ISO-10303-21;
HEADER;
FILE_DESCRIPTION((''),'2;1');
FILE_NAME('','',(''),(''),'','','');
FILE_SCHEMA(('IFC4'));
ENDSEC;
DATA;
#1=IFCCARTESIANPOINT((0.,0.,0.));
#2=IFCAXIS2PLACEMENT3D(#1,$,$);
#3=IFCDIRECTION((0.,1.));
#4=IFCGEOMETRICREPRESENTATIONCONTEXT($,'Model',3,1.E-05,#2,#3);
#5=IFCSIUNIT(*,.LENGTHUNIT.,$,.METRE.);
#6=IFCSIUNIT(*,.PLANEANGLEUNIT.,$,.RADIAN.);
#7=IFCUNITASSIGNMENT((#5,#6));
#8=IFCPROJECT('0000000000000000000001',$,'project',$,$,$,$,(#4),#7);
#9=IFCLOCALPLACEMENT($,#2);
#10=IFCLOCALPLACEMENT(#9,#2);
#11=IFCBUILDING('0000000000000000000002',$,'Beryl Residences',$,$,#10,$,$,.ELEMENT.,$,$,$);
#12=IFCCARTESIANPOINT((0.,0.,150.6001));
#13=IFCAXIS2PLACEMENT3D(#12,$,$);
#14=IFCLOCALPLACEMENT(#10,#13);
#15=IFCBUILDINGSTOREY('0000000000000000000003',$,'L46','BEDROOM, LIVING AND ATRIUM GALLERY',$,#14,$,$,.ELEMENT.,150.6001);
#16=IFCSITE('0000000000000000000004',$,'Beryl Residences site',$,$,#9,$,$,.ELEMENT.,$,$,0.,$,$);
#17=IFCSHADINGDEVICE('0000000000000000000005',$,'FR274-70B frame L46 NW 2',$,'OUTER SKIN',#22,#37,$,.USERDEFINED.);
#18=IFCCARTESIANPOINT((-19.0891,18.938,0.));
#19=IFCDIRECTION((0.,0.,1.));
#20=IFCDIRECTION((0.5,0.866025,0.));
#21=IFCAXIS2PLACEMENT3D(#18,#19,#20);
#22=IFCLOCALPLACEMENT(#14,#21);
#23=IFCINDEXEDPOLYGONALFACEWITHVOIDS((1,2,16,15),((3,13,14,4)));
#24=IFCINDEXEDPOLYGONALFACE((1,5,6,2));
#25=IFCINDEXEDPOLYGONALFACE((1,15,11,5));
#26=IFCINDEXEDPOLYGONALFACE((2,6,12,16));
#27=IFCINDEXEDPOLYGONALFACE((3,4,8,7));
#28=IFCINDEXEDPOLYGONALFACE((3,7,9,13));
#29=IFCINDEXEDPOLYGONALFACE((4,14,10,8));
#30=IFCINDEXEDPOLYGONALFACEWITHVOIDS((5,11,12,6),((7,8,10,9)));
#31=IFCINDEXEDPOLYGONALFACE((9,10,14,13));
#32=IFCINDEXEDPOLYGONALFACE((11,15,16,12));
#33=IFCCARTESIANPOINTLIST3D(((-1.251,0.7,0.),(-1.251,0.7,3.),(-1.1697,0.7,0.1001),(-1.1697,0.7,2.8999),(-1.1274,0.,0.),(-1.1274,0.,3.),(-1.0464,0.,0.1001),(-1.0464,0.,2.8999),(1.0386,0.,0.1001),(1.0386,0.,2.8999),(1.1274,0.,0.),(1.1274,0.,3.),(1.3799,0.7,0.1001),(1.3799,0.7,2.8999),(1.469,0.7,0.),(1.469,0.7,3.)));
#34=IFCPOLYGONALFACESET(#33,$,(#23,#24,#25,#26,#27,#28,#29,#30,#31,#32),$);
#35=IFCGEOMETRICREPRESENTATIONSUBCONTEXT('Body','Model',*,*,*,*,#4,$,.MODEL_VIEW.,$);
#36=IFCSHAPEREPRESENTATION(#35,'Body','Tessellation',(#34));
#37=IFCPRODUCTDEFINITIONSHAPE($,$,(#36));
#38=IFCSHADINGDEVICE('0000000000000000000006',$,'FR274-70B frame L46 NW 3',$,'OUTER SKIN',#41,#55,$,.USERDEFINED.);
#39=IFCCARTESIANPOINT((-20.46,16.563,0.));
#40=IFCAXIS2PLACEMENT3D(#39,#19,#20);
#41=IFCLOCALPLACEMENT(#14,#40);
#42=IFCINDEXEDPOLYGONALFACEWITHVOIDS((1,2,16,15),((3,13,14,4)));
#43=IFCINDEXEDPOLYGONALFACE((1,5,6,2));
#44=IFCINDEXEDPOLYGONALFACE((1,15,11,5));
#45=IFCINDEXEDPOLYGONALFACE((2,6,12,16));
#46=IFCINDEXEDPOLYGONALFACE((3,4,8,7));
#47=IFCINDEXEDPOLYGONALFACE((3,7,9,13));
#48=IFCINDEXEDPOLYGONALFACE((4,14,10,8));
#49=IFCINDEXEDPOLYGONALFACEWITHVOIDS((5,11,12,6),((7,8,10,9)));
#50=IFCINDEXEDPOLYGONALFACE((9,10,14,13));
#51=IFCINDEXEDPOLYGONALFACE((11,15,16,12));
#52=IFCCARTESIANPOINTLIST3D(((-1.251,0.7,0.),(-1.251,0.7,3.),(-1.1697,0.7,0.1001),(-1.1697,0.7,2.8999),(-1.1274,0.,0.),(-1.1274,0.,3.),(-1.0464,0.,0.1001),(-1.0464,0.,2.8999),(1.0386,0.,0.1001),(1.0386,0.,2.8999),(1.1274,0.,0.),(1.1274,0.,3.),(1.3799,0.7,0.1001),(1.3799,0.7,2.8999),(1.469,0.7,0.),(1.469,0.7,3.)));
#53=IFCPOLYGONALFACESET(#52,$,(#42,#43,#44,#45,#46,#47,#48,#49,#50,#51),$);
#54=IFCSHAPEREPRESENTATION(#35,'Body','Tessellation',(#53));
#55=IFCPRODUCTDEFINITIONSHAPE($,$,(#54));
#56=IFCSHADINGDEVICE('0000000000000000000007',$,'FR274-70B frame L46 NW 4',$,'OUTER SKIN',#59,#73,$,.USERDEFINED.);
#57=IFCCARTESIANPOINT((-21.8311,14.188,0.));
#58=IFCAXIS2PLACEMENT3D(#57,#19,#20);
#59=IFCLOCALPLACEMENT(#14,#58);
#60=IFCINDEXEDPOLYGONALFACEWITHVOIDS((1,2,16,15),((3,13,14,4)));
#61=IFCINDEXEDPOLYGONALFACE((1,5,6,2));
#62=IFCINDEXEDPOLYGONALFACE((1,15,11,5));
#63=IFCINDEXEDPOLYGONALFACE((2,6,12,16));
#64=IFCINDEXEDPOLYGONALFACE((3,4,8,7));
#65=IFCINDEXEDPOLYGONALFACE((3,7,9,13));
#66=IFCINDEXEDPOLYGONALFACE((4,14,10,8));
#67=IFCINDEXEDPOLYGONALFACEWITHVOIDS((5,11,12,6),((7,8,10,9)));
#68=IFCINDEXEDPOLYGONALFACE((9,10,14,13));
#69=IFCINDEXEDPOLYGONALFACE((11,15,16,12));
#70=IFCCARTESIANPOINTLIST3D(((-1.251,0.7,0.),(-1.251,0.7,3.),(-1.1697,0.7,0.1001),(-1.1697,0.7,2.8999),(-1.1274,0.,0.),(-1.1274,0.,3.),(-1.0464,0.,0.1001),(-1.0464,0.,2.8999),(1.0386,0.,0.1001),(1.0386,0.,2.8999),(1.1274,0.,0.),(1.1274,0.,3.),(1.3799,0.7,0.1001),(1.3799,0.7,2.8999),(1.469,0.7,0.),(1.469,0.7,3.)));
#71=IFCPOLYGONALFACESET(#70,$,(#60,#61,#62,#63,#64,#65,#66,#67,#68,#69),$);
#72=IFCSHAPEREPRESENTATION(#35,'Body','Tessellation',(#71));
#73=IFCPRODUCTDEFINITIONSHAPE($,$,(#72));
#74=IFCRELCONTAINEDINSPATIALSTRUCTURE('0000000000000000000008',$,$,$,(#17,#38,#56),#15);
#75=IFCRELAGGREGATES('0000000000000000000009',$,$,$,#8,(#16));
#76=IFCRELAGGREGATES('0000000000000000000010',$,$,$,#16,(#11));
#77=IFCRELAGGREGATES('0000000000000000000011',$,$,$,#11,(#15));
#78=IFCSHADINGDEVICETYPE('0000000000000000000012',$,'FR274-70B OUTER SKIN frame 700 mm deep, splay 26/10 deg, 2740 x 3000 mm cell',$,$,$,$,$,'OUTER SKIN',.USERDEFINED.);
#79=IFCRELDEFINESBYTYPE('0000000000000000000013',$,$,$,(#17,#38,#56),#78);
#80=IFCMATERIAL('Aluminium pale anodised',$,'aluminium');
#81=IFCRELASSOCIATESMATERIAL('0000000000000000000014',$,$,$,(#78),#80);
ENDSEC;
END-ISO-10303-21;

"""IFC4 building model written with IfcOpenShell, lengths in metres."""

from ifc_helpers import new_model, entity, si_unit, direction, frame, origin, place, context, subcontext, project, spatial, source, transform, mapped, material, type_object, type_shapes, element, save


model = new_model("IFC4")

# Units and contexts
model_context = context("Model", 3, precision=1e-05, world=origin(), true_north=direction((0.0, 1.0)))
body_context = subcontext(model_context, "Body", "Model", "MODEL_VIEW")
ifc_project = project(units=[si_unit("LENGTHUNIT", "METRE"), si_unit("PLANEANGLEUNIT", "RADIAN")], contexts=[model_context])

# Site, building, storey
site_placement = place(None, origin())
site = spatial("IfcSite", under=ifc_project, at=site_placement, Name="Beryl Residences site", CompositionType="ELEMENT", RefElevation=0.0)
building_placement = place(site_placement, origin())
building = spatial("IfcBuilding", under=site, at=building_placement, Name="Beryl Residences", CompositionType="ELEMENT")
storey_placement = place(building_placement, frame((0.0, 0.0, 150.6001)))
storey = spatial("IfcBuildingStorey", under=building, at=storey_placement, Name="L46", Description="BEDROOM, LIVING AND ATRIUM GALLERY", CompositionType="ELEMENT", Elevation=150.6001)

# Shading devices
ifc_material_1 = material(Name="Aluminium pale anodised", Category="aluminium")
shading_device_type = type_object("IfcShadingDeviceType", Name="FR274-70B OUTER SKIN frame 700 mm deep, splay 26/10 deg, 2740 x 3000 mm cell", ElementType="OUTER SKIN", PredefinedType="USERDEFINED", material=ifc_material_1)
cartesian_point_1 = entity("IfcCartesianPoint", [-1.1274, 0.0])
cartesian_point_2 = entity("IfcCartesianPoint", [-1.0386, 0.1001])
cartesian_point_3 = entity("IfcCartesianPoint", [-1.469, 0.0])
cartesian_point_4 = entity("IfcCartesianPoint", [-1.3799, 0.1001])
shared_shape_1 = source(origin(), body_context, "Body", "SweptSolid", [
    entity("IfcExtrudedAreaSolidTapered", entity("IfcArbitraryProfileDefWithVoids", "AREA", None, entity("IfcPolyline", [cartesian_point_1, entity("IfcCartesianPoint", [1.1274, 0.0]), entity("IfcCartesianPoint", [1.1274, 3.0]), entity("IfcCartesianPoint", [-1.1274, 3.0]), cartesian_point_1]), [entity("IfcPolyline", [cartesian_point_2, entity("IfcCartesianPoint", [1.0464, 0.1001]), entity("IfcCartesianPoint", [1.0464, 2.8999]), entity("IfcCartesianPoint", [-1.0386, 2.8999]), cartesian_point_2])]), entity("IfcAxis2Placement3D", entity("IfcCartesianPoint", [0.0, 0.0, 0.0]), entity("IfcDirection", [0.0, 1.0, 0.0]), entity("IfcDirection", [-1.0, 0.0, 0.0])), entity("IfcDirection", [0.0, 0.0, 1.0]), 0.7, entity("IfcArbitraryProfileDefWithVoids", "AREA", None, entity("IfcPolyline", [cartesian_point_3, entity("IfcCartesianPoint", [1.251, 0.0]), entity("IfcCartesianPoint", [1.251, 3.0]), entity("IfcCartesianPoint", [-1.469, 3.0]), cartesian_point_3]), [entity("IfcPolyline", [cartesian_point_4, entity("IfcCartesianPoint", [1.1697, 0.1001]), entity("IfcCartesianPoint", [1.1697, 2.8999]), entity("IfcCartesianPoint", [-1.3799, 2.8999]), cartesian_point_4])])),
])
type_shapes(shading_device_type, [shared_shape_1])
for number, where, z_axis, x_axis, name in (
    (1, (-19.0891, 18.938, 0.0), (0.0, 0.0, 1.0), (0.5, 0.866025, 0.0), "FR274-70B frame L46 NW 2"),
    (2, (-20.46, 16.563, 0.0), (0.0, 0.0, 1.0), (0.5, 0.866025, 0.0), "FR274-70B frame L46 NW 3"),
    (3, (-21.8311, 14.188, 0.0), (0.0, 0.0, 1.0), (0.5, 0.866025, 0.0), "FR274-70B frame L46 NW 4"),
):
    element("IfcShadingDevice", number, at=place(storey_placement, frame(where, z_axis=z_axis, x_axis=x_axis)), inside=storey, type_object=shading_device_type, Name=name, ObjectType="OUTER SKIN", PredefinedType="USERDEFINED", context=body_context, shape_type="MappedRepresentation", body=[
        mapped(shared_shape_1, transform((0.0, 0.0, 0.0))),
    ])

save(model, "model.ifc")
